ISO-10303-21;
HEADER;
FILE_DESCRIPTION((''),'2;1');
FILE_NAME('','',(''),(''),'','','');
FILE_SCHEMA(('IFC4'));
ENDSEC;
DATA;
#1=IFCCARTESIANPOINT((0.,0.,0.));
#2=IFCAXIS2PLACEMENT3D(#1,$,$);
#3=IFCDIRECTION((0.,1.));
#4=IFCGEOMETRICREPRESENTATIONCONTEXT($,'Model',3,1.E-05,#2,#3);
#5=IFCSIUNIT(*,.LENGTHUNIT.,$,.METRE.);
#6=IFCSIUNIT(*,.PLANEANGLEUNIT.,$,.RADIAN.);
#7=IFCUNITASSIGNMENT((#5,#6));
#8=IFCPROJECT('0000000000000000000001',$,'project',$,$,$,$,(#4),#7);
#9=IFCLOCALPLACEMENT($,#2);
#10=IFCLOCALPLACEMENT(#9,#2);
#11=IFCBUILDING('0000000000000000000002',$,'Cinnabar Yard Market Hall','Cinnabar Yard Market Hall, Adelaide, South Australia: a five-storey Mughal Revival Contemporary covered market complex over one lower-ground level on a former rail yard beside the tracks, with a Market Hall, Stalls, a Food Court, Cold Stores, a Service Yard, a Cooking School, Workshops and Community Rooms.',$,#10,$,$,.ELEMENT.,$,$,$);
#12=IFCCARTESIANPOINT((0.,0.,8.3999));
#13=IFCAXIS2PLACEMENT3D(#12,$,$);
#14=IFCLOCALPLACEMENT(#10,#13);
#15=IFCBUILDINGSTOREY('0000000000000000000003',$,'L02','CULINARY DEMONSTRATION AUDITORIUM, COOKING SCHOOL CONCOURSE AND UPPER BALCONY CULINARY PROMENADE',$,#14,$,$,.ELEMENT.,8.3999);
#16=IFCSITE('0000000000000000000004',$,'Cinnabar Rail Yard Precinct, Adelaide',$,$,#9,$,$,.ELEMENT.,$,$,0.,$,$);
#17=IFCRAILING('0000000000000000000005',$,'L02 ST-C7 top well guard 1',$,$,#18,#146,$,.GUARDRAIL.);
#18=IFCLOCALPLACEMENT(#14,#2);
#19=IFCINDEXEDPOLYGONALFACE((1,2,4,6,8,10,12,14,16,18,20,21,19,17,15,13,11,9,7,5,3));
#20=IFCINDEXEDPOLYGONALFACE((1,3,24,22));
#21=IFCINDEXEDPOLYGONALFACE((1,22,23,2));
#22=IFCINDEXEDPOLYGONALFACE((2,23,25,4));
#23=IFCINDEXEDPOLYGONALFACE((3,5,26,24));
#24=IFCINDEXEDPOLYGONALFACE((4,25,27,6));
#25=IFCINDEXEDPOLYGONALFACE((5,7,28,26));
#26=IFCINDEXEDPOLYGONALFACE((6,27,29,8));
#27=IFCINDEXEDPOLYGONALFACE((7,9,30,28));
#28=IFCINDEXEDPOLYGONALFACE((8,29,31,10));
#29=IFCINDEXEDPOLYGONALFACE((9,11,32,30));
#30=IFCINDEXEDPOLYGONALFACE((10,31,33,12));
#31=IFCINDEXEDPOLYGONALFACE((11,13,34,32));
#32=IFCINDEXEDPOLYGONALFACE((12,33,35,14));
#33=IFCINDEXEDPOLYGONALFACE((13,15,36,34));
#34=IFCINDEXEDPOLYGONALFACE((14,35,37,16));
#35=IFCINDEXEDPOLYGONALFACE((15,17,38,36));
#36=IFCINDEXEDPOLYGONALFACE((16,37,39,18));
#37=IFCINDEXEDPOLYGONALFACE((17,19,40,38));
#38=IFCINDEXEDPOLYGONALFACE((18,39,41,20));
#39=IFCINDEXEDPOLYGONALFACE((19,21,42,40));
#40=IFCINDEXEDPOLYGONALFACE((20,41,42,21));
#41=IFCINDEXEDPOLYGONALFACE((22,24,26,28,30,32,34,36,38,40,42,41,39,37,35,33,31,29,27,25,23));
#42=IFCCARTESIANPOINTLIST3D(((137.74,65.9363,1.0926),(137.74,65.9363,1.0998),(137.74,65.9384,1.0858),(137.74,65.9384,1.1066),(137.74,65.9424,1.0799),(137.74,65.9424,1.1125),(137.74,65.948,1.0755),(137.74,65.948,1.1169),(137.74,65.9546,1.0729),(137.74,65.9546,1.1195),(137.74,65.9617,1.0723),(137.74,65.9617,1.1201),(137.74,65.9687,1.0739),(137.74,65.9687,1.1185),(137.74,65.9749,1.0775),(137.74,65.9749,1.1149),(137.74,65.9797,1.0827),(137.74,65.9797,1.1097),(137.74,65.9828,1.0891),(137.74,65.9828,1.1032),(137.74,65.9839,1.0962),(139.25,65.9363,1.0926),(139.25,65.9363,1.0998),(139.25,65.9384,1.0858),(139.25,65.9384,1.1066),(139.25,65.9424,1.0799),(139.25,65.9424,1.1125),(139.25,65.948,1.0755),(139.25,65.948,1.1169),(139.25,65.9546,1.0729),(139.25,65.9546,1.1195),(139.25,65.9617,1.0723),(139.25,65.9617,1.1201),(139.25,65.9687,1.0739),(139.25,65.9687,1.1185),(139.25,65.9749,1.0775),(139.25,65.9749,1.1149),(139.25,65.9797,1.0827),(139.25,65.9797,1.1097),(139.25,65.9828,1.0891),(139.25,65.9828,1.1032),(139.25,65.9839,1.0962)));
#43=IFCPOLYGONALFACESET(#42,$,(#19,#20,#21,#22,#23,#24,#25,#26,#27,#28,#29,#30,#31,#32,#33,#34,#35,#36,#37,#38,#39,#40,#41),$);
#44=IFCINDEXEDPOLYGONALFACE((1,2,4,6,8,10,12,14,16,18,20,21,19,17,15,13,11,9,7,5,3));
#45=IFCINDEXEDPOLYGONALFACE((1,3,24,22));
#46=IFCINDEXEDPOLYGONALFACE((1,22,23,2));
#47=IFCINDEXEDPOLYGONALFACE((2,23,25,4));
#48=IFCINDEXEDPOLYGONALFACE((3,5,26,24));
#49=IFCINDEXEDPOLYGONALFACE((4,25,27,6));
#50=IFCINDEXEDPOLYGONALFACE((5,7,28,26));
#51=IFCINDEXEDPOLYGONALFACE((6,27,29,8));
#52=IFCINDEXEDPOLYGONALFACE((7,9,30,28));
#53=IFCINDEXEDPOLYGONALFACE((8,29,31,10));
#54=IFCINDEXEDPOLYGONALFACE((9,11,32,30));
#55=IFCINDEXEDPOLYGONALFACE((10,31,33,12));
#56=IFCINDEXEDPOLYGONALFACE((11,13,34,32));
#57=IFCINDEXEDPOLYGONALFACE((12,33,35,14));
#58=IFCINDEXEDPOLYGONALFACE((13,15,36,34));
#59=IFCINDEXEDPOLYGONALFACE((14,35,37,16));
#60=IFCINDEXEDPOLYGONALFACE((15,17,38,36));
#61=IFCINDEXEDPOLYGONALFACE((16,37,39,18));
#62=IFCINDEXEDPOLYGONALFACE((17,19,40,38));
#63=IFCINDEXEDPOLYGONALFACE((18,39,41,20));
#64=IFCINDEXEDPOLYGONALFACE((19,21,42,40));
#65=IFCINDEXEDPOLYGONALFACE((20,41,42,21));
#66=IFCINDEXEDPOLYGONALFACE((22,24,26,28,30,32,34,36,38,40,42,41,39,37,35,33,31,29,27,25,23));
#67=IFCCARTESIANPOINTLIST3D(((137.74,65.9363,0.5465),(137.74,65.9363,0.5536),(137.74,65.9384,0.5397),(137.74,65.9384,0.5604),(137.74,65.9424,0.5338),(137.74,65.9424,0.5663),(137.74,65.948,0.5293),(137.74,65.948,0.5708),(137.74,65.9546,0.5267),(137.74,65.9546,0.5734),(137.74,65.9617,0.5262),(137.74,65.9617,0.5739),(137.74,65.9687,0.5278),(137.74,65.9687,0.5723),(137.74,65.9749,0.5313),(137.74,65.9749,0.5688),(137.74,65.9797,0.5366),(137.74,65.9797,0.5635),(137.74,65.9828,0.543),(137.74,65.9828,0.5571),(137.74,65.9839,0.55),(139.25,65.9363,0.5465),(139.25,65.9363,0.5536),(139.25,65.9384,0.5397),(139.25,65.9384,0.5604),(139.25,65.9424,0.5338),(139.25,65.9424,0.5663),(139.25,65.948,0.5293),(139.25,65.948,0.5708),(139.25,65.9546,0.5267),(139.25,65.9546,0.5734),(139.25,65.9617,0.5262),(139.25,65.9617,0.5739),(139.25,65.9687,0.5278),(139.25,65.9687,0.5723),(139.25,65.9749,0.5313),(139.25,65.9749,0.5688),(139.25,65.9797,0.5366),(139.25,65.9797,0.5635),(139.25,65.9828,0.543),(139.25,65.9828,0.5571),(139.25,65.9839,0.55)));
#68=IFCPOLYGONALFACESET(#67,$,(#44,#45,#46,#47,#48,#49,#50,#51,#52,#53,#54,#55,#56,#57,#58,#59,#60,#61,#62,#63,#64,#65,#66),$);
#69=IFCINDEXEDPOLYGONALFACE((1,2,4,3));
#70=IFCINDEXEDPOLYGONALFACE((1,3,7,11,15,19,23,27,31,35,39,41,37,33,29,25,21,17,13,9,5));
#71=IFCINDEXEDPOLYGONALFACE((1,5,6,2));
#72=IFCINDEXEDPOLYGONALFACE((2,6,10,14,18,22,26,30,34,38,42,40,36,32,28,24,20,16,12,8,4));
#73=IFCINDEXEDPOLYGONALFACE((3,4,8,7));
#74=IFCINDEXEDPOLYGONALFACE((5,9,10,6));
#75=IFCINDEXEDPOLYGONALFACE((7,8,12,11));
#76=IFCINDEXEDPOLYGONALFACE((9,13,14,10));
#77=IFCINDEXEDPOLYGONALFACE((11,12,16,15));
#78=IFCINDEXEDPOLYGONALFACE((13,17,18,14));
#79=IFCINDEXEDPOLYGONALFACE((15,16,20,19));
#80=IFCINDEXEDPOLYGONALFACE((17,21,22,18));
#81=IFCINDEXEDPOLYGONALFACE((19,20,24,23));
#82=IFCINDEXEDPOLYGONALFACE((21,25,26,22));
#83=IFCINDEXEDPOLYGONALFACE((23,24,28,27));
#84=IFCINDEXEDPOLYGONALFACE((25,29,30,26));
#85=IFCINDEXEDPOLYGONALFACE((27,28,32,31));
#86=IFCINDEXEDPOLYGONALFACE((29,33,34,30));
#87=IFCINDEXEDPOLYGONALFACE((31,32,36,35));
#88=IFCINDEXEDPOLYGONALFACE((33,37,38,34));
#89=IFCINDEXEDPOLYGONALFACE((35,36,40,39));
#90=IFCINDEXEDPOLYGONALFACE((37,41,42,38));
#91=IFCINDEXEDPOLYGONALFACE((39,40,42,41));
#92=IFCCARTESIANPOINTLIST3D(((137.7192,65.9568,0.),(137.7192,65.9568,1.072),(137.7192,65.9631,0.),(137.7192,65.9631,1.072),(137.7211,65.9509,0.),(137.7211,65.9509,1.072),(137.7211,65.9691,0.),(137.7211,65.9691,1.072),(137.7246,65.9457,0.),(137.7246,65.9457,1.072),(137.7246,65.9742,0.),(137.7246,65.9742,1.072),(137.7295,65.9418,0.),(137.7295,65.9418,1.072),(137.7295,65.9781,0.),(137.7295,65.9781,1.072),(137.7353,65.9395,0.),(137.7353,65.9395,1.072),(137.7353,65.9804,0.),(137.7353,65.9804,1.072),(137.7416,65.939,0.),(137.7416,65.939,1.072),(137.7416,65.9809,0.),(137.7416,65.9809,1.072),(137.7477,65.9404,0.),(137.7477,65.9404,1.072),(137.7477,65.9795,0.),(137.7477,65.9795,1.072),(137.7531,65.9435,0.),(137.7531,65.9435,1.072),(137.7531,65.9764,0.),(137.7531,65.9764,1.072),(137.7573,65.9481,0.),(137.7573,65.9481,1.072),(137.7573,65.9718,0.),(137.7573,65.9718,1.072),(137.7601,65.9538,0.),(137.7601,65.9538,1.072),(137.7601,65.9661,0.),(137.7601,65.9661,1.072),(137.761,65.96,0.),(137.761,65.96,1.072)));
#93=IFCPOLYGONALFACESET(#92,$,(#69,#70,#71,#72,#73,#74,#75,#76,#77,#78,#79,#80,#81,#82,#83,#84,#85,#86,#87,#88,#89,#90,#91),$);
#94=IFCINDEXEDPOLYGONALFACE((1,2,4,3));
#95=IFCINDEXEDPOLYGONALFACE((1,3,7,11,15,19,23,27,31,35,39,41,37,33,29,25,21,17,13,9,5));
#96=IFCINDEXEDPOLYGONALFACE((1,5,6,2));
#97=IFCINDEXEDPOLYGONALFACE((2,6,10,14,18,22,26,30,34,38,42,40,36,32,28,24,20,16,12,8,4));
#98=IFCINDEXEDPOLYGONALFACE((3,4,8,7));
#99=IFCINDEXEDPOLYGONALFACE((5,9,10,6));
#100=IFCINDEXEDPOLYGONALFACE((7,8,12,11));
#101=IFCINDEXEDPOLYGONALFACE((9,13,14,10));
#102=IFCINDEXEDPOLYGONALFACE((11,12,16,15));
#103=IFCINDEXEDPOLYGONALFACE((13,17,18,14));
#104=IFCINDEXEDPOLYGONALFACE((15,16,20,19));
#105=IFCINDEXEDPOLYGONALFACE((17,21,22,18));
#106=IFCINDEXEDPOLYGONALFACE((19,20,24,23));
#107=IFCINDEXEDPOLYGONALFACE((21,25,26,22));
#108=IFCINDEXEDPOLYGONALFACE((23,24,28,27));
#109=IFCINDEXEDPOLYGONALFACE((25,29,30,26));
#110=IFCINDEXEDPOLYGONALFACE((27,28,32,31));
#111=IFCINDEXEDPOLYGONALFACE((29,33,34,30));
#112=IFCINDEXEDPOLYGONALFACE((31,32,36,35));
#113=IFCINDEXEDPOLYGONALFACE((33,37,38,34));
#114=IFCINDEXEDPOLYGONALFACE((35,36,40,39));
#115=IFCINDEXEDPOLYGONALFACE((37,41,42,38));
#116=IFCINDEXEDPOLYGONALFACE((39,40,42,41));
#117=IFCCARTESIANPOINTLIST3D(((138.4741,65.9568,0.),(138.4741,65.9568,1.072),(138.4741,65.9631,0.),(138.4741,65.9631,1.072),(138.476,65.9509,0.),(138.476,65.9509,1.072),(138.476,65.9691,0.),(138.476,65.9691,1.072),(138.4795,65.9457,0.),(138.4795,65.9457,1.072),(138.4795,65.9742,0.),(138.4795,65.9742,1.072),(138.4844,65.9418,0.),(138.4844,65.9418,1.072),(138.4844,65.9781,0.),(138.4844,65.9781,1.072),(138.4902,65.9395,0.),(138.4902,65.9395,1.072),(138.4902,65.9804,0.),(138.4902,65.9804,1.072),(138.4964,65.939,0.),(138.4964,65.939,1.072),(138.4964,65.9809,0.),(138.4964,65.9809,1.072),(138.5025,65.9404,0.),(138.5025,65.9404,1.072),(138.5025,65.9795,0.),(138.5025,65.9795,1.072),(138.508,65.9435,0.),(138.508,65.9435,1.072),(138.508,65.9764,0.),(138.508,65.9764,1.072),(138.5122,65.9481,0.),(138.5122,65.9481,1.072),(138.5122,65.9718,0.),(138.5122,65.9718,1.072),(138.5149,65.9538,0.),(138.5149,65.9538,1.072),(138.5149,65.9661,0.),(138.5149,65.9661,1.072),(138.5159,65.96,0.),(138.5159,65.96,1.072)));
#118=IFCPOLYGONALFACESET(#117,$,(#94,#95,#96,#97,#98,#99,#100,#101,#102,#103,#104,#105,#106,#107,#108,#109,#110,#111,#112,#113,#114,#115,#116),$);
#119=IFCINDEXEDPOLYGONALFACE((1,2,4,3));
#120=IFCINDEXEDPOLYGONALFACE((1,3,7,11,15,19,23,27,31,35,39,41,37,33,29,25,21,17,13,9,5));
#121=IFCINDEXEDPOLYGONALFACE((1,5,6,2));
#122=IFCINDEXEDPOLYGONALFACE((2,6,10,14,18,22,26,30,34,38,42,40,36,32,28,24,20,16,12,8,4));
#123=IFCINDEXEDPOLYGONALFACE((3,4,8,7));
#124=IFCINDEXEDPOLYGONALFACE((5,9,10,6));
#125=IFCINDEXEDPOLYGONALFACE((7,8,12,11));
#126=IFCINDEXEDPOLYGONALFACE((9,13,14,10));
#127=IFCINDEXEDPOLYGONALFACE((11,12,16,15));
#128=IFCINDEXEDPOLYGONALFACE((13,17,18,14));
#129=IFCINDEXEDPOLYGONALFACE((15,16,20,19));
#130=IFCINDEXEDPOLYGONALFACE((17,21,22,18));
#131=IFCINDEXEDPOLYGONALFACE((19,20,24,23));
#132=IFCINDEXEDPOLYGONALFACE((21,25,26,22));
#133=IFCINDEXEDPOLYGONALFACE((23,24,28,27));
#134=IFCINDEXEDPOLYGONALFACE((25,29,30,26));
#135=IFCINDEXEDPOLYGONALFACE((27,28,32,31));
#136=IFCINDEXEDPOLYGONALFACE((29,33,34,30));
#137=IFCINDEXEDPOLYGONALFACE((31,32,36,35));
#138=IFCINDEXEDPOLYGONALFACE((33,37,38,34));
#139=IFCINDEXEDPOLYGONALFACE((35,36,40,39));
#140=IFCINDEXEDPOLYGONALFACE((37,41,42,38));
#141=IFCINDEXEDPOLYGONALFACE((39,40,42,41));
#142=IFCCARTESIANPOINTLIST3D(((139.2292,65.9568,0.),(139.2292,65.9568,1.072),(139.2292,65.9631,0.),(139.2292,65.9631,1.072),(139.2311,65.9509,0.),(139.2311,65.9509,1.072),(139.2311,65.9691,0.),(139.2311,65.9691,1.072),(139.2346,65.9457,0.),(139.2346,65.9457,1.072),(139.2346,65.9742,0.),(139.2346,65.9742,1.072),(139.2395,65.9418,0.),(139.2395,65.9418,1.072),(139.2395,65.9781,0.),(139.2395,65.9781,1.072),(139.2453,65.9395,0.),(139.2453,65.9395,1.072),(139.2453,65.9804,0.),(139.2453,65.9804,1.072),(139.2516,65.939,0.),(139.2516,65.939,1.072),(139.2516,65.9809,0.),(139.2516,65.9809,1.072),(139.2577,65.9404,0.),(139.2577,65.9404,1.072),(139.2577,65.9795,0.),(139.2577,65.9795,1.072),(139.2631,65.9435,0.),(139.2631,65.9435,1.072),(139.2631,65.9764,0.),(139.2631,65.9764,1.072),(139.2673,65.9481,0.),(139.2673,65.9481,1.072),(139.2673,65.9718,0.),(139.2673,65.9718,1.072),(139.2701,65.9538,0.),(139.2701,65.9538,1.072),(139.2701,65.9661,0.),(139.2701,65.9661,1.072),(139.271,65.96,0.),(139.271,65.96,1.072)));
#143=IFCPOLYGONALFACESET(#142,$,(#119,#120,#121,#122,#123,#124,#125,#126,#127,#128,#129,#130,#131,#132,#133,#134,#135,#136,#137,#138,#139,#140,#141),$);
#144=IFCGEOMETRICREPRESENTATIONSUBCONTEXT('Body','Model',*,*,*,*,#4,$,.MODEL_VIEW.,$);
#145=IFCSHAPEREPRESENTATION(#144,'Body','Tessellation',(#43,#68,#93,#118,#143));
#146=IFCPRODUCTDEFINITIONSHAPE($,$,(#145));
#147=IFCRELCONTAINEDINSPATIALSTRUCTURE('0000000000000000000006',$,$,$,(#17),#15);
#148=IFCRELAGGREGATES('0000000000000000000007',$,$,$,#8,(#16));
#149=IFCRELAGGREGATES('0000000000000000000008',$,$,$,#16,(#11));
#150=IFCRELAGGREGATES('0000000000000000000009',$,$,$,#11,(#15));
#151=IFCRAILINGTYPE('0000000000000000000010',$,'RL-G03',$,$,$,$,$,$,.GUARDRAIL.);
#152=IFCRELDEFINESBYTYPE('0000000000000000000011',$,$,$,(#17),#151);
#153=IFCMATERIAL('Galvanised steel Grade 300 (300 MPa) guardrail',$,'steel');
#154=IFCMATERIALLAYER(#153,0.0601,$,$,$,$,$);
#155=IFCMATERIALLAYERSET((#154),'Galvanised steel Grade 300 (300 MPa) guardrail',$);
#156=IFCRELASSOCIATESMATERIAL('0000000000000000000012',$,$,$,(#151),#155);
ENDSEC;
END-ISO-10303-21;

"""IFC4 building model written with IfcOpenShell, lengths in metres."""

from ifc_helpers import new_model, si_unit, direction, frame, origin, origin_2d_with_axis, place, context, subcontext, project, spatial, circle, extrude, material, layer, layer_set, type_object, element, save


model = new_model("IFC4")

# Units and contexts
model_context = context("Model", 3, precision=1e-05, world=origin(), true_north=direction((0.0, 1.0)))
body_context = subcontext(model_context, "Body", "Model", "MODEL_VIEW")
ifc_project = project(units=[si_unit("LENGTHUNIT", "METRE"), si_unit("PLANEANGLEUNIT", "RADIAN")], contexts=[model_context])

# Site, building, storey
site_placement = place(None, origin())
site = spatial("IfcSite", under=ifc_project, at=site_placement, Name="Cinnabar Rail Yard Precinct, Adelaide", CompositionType="ELEMENT", RefElevation=0.0)
building_placement = place(site_placement, origin())
building = spatial("IfcBuilding", under=site, at=building_placement, Name="Cinnabar Yard Market Hall", Description="Cinnabar Yard Market Hall, Adelaide, South Australia: a five-storey Mughal Revival Contemporary covered market complex over one lower-ground level on a former rail yard beside the tracks, with a Market Hall, Stalls, a Food Court, Cold Stores, a Service Yard, a Cooking School, Workshops and Community Rooms.", CompositionType="ELEMENT")
storey_placement = place(building_placement, frame((0.0, 0.0, 8.3999)))
storey = spatial("IfcBuildingStorey", under=building, at=storey_placement, Name="L02", Description="CULINARY DEMONSTRATION AUDITORIUM, COOKING SCHOOL CONCOURSE AND UPPER BALCONY CULINARY PROMENADE", CompositionType="ELEMENT", Elevation=8.3999)

# Railing
ifc_material_1 = material(Name="Galvanised steel Grade 300 (300 MPa) guardrail", Category="steel")
ifc_layer_1 = layer(ifc_material_1, 0.0601)
ifc_layer_set_1 = layer_set([ifc_layer_1], Name="Galvanised steel Grade 300 (300 MPa) guardrail")
railing_type = type_object("IfcRailingType", Name="RL-G03", PredefinedType="GUARDRAIL", material=ifc_layer_set_1)
railing_placement = place(storey_placement, frame((137.74, 65.96, 0.0)))
element("IfcRailing", 1, at=railing_placement, inside=storey, type_object=railing_type, Name="L02 ST-C7 top well guard 1", PredefinedType="GUARDRAIL", context=body_context, shape_type="SweptSolid", body=[
    extrude(circle(Radius=0.0239, at=origin_2d_with_axis()), frame((0.0, 0.0, 1.0962), z_axis=(1.0, 0.0, 0.0), x_axis=(0.0, 1.0, 0.0)), (0.0, 0.0, 1.0), 1.51),
    extrude(circle(Radius=0.0239, at=origin_2d_with_axis()), frame((0.0, 0.0, 0.55), z_axis=(1.0, 0.0, 0.0), x_axis=(0.0, 1.0, 0.0)), (0.0, 0.0, 1.0), 1.51),
    extrude(circle(Radius=0.021, at=origin_2d_with_axis()), origin(), (0.0, 0.0, 1.0), 1.072),
    extrude(circle(Radius=0.021, at=origin_2d_with_axis()), frame((0.7549, 0.0, 0.0)), (0.0, 0.0, 1.0), 1.072),
    extrude(circle(Radius=0.021, at=origin_2d_with_axis()), frame((1.51, 0.0, 0.0)), (0.0, 0.0, 1.0), 1.072),
])

save(model, "model.ifc")
